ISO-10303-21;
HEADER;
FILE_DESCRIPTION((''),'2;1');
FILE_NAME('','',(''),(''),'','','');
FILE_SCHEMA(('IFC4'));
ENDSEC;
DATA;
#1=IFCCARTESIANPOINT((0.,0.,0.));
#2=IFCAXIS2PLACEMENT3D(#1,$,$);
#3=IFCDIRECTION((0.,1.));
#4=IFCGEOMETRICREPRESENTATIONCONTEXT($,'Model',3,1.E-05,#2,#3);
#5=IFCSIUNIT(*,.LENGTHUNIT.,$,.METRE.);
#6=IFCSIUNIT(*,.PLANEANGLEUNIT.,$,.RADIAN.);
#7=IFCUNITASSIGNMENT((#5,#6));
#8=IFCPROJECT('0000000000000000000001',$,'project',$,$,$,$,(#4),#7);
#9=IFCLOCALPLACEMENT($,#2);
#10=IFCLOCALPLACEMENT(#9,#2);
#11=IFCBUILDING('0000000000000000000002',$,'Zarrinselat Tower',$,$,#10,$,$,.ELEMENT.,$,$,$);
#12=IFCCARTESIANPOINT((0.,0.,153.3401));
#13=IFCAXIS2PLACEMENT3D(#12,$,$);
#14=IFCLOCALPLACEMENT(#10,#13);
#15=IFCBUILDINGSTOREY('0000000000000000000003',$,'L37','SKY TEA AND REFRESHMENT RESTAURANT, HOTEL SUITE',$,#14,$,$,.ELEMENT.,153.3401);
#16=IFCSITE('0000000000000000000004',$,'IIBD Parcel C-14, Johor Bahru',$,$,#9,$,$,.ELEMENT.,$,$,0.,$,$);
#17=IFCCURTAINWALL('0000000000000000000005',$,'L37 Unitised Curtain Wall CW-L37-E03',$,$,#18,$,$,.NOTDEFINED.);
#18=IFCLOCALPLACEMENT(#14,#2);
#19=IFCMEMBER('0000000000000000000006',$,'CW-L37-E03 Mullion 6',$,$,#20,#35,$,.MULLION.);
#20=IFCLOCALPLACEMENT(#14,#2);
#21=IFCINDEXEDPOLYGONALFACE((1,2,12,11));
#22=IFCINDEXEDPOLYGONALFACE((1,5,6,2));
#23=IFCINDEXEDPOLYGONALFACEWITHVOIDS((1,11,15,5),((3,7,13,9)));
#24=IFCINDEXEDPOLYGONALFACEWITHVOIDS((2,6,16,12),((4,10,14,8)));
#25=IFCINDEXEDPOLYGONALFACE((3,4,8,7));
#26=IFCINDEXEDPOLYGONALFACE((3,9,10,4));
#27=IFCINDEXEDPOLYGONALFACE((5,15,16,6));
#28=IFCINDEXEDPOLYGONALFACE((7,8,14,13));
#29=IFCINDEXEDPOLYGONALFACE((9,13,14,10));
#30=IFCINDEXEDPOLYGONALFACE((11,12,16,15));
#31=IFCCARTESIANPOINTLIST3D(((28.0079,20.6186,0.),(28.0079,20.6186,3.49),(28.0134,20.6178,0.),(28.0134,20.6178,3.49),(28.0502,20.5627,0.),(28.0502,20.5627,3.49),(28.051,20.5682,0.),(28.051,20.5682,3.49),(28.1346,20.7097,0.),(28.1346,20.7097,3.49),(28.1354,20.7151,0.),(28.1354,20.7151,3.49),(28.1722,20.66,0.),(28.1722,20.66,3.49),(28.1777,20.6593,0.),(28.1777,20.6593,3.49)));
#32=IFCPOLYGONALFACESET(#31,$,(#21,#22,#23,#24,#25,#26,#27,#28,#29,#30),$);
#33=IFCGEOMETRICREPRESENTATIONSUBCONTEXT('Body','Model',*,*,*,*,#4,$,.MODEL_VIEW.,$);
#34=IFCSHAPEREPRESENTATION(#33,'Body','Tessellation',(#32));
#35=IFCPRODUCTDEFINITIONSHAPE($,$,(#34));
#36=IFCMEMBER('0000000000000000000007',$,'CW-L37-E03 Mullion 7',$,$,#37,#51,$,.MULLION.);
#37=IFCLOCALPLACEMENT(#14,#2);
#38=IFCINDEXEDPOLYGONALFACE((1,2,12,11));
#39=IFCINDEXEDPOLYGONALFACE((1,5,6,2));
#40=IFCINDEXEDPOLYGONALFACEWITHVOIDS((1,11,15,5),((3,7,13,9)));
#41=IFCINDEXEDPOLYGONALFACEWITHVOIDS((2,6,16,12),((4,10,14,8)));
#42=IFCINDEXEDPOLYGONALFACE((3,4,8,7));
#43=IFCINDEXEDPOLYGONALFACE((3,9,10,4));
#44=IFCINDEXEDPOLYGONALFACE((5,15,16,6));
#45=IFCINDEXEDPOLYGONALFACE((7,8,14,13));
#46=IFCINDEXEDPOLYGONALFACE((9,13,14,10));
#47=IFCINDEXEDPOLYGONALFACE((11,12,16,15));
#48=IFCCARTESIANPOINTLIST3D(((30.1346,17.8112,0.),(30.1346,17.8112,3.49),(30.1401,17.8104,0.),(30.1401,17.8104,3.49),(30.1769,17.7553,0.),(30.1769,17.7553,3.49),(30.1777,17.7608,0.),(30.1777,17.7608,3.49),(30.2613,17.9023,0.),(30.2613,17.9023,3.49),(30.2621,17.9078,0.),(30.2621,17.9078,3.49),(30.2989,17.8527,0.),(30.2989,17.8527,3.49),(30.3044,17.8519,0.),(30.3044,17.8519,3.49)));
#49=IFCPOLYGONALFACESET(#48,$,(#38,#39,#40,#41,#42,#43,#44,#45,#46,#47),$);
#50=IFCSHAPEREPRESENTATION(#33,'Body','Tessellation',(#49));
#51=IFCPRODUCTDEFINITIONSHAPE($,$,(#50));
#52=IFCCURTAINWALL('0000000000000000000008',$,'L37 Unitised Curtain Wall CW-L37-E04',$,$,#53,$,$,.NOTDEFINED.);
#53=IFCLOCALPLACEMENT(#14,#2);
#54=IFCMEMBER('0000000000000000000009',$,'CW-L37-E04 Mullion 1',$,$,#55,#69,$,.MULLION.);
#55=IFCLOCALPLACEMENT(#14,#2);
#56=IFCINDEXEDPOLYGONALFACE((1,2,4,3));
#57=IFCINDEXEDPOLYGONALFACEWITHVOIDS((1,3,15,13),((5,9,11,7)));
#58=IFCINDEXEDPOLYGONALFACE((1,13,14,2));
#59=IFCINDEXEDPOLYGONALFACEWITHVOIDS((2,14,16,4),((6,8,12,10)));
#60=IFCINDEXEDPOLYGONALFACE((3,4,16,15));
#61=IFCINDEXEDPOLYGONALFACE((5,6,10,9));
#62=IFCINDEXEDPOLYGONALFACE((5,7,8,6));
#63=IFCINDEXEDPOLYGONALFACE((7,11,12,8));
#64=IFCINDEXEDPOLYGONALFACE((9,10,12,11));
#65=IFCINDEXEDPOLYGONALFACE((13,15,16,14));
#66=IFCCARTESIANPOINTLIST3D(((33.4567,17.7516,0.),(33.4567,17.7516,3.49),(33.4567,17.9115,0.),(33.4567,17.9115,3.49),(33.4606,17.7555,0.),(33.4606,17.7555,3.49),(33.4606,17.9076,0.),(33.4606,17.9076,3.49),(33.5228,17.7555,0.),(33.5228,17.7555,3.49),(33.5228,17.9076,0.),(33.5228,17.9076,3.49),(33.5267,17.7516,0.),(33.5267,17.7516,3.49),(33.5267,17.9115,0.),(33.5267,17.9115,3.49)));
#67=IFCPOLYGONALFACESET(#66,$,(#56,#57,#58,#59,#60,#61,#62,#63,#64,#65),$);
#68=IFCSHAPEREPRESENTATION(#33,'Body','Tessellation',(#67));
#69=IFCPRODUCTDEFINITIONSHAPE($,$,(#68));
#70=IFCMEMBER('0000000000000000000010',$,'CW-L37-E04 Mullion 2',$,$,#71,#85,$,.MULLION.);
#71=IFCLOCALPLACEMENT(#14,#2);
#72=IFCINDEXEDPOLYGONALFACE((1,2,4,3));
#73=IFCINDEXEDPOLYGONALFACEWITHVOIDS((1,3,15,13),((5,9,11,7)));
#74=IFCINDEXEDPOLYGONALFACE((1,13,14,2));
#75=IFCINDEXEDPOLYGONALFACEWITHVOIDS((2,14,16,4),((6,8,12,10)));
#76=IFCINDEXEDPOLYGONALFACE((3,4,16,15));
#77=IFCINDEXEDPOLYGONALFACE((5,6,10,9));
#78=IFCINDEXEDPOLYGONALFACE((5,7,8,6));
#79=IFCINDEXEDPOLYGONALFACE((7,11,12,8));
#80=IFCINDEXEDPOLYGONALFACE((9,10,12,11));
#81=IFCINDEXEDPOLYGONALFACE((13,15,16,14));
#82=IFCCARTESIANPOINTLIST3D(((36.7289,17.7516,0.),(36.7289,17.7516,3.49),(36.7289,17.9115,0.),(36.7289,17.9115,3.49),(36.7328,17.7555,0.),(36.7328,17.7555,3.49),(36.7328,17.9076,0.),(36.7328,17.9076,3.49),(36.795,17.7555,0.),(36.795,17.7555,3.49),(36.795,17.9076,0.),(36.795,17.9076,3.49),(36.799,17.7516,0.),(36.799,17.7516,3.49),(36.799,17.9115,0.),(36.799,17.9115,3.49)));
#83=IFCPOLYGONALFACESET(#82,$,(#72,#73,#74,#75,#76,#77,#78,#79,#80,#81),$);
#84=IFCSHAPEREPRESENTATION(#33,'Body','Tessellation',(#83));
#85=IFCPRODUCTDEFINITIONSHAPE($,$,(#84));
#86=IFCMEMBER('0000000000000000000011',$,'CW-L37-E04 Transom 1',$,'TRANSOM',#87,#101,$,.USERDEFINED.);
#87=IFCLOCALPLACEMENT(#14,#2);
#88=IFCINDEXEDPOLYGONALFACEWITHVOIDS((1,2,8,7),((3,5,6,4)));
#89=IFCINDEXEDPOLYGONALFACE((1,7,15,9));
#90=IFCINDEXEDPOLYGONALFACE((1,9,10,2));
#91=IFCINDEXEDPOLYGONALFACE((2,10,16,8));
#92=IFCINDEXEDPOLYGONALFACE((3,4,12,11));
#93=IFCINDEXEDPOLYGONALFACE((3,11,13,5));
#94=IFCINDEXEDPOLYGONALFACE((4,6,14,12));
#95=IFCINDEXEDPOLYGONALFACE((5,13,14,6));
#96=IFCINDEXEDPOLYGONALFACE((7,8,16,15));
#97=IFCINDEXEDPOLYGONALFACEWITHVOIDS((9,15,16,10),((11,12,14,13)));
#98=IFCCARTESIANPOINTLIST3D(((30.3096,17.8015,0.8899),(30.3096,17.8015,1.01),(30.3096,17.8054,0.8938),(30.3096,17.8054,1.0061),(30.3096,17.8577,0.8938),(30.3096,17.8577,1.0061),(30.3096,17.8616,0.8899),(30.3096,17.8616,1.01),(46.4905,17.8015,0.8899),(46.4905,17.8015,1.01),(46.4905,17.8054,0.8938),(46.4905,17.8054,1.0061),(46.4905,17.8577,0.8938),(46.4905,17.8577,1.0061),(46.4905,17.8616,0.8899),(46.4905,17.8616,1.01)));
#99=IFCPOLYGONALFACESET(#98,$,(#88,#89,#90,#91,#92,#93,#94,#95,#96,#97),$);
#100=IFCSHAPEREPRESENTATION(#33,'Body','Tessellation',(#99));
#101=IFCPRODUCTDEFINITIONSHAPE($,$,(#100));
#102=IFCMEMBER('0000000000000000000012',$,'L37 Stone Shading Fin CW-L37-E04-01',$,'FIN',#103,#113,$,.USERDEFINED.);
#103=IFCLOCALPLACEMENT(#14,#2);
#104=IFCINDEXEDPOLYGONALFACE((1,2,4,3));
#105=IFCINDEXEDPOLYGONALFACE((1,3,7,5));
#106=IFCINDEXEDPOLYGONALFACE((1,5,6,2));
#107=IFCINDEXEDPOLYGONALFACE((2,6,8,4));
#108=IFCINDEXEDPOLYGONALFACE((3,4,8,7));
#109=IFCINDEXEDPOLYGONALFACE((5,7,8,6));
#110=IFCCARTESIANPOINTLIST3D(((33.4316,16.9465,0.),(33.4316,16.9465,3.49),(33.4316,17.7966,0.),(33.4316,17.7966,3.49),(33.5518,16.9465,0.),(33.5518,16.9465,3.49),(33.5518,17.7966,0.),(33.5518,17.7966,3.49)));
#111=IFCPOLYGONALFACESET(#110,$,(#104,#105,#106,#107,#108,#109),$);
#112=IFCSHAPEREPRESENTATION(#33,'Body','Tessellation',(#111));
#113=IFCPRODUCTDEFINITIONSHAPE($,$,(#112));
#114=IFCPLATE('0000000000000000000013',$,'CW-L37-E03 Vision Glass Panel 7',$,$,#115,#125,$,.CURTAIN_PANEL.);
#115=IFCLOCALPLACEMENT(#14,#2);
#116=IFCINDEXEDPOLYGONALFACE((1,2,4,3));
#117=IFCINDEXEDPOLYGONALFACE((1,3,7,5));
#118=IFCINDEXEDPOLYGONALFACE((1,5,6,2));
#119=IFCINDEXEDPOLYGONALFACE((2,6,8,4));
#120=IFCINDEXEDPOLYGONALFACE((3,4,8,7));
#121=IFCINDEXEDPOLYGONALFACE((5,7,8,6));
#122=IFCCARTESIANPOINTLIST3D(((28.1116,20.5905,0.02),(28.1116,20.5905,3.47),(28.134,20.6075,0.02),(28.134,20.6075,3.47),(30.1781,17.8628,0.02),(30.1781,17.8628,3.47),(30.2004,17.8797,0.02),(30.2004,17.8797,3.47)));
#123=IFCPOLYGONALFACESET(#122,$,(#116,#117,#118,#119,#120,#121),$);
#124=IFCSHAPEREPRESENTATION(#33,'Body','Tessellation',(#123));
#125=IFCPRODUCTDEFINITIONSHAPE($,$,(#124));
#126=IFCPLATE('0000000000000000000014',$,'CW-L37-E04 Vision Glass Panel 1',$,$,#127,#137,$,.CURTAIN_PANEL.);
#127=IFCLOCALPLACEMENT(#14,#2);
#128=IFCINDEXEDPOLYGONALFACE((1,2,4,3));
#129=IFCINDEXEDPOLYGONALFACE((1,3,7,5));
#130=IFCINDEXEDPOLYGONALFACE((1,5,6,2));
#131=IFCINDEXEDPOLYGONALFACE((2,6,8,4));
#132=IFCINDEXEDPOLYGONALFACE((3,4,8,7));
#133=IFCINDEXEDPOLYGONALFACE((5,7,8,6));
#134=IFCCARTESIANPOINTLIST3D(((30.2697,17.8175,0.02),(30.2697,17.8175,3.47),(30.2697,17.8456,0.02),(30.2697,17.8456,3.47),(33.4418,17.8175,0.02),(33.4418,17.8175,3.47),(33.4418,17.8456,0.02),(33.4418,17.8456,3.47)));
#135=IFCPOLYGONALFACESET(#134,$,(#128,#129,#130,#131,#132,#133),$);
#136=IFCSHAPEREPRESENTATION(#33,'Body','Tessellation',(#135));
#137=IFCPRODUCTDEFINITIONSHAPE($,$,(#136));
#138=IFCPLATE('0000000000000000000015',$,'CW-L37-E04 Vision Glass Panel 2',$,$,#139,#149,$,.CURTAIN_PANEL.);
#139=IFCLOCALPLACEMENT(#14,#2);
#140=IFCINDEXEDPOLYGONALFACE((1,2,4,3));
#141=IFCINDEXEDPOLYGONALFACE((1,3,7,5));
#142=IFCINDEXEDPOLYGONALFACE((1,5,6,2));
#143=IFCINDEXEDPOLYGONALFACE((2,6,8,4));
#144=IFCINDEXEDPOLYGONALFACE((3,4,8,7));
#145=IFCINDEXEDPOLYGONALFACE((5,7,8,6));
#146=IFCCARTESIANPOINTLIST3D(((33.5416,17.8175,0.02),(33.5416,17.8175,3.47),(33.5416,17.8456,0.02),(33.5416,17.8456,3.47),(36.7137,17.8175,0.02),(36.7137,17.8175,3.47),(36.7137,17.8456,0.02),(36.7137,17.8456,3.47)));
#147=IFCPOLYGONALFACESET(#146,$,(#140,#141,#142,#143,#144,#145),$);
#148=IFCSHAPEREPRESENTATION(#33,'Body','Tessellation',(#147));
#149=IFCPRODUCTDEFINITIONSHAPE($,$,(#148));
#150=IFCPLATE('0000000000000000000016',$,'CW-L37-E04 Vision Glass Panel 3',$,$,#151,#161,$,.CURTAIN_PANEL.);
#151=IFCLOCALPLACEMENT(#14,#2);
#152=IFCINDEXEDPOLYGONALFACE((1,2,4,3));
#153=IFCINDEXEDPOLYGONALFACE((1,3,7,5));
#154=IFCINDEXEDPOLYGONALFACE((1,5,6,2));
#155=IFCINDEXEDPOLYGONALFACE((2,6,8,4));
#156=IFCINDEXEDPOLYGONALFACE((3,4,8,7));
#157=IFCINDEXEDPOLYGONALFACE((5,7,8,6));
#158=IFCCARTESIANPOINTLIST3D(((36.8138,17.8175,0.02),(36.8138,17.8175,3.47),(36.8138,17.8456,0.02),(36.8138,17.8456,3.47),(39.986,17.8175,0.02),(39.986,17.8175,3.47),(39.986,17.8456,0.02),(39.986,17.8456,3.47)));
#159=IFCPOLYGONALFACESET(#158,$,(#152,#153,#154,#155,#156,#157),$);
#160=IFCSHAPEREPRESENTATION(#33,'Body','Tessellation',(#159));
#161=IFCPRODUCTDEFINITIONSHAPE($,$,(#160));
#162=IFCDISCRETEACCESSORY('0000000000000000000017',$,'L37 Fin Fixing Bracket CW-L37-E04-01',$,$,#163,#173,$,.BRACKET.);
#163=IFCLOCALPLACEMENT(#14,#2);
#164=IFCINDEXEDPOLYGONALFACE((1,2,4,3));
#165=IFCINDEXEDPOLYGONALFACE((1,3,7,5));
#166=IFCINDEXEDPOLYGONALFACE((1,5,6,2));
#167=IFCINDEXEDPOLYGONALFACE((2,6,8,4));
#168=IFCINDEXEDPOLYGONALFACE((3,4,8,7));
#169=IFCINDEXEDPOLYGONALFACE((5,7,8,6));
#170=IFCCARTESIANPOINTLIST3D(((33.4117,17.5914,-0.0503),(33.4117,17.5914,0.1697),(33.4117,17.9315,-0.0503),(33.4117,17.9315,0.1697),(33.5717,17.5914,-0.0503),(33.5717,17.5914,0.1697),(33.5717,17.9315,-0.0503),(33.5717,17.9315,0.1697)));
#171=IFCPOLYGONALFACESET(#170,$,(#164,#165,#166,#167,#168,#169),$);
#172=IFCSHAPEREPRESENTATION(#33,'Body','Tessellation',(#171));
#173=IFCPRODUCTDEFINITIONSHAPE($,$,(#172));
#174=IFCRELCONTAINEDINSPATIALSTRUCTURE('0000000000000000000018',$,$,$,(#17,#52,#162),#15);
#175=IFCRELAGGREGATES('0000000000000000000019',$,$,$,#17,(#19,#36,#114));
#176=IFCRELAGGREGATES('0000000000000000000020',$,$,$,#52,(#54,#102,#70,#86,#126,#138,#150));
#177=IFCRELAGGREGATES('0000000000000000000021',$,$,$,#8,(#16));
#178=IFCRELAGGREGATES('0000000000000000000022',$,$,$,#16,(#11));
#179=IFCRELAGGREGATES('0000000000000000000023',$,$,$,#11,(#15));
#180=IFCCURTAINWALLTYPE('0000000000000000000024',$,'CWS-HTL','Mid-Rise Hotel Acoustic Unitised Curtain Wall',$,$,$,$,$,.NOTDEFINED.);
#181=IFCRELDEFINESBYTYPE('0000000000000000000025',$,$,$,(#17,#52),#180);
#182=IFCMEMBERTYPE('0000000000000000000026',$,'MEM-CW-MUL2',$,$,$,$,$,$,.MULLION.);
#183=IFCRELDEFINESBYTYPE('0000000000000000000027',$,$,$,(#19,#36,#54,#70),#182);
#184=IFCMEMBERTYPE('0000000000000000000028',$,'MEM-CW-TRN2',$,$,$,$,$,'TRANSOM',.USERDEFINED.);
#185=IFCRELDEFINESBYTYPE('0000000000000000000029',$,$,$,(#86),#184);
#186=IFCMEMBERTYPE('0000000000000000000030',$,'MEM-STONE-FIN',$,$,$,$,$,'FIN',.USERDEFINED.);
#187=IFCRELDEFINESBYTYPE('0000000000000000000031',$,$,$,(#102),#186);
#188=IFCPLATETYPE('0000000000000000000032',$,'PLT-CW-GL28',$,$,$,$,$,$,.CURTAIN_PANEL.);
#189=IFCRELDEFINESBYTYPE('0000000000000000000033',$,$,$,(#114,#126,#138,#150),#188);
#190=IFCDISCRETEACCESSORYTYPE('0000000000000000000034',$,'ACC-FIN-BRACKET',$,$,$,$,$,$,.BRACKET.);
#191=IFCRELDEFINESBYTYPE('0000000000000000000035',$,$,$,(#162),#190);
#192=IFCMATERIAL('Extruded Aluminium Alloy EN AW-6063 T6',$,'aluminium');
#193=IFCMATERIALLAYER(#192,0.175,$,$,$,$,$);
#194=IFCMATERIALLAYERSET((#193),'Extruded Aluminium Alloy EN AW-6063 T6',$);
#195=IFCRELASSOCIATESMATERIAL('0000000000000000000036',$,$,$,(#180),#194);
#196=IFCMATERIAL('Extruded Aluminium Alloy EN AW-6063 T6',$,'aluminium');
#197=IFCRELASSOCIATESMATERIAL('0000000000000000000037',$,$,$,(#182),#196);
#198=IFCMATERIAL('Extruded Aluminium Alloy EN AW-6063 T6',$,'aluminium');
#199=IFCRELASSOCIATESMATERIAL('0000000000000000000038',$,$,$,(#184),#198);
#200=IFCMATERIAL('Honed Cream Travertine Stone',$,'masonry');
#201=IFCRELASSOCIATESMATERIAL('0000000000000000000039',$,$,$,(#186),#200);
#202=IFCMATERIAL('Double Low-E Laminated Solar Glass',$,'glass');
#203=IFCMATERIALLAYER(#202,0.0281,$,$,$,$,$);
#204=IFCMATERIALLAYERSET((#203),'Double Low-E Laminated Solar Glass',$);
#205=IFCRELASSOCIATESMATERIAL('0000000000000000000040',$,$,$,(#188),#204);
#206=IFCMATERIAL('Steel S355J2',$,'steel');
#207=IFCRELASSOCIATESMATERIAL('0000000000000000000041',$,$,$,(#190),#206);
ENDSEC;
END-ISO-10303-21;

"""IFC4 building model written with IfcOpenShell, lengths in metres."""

from ifc_helpers import new_model, si_unit, direction, frame, origin, origin_2d, place, context, subcontext, project, spatial, rectangle, hollow_rectangle, extrude, material, layer, layer_set, material_profile, profile_set, type_object, element, aggregate, save


model = new_model("IFC4")

# Units and contexts
model_context = context("Model", 3, precision=1e-05, world=origin(), true_north=direction((0.0, 1.0)))
body_context = subcontext(model_context, "Body", "Model", "MODEL_VIEW")
ifc_project = project(units=[si_unit("LENGTHUNIT", "METRE"), si_unit("PLANEANGLEUNIT", "RADIAN")], contexts=[model_context])

# Site, building, storey
site_placement = place(None, origin())
site = spatial("IfcSite", under=ifc_project, at=site_placement, Name="IIBD Parcel C-14, Johor Bahru", CompositionType="ELEMENT", RefElevation=0.0)
building_placement = place(site_placement, origin())
building = spatial("IfcBuilding", under=site, at=building_placement, Name="Zarrinselat Tower", CompositionType="ELEMENT")
storey_placement = place(building_placement, frame((0.0, 0.0, 153.3401)))
storey = spatial("IfcBuildingStorey", under=building, at=storey_placement, Name="L37", Description="SKY TEA AND REFRESHMENT RESTAURANT, HOTEL SUITE", CompositionType="ELEMENT", Elevation=153.3401)

# Curtain walls, members
ifc_material_1 = material(Name="Extruded Aluminium Alloy EN AW-6063 T6", Category="aluminium")
ifc_layer_1 = layer(ifc_material_1, 0.175)
ifc_layer_set_1 = layer_set([ifc_layer_1], Name="Extruded Aluminium Alloy EN AW-6063 T6")
curtain_wall_type = type_object("IfcCurtainWallType", Name="CWS-HTL", Description="Mid-Rise Hotel Acoustic Unitised Curtain Wall", PredefinedType="NOTDEFINED", material=ifc_layer_set_1)
curtain_wall_1_placement = place(storey_placement, origin())
curtain_wall_1 = element("IfcCurtainWall", 1, at=curtain_wall_1_placement, inside=storey, type_object=curtain_wall_type, Name="L37 Unitised Curtain Wall CW-L37-E03", PredefinedType="NOTDEFINED")
ifc_material_2 = material(Name="Extruded Aluminium Alloy EN AW-6063 T6", Category="aluminium")
ifc_material_profile_1 = material_profile(ifc_material_2, hollow_rectangle(XDim=0.0701, YDim=0.1599, WallThickness=0.0039, at=origin_2d()), Name="RHS 160x70x4")
ifc_profile_set_1 = profile_set([ifc_material_profile_1], Name="Extruded Aluminium Alloy EN AW-6063 T6")
member_type_1 = type_object("IfcMemberType", Name="MEM-CW-MUL2", PredefinedType="MULLION", material=ifc_profile_set_1)
member_1_placement = place(storey_placement, frame((28.0928, 20.6389, 0.0), z_axis=(0.0, 0.0, 1.0), x_axis=(0.603857, -0.797093, 0.0)))
member_1 = element("IfcMember", 2, at=member_1_placement, type_object=member_type_1, Name="CW-L37-E03 Mullion 6", PredefinedType="MULLION", context=body_context, shape_type="SweptSolid", body=[
    extrude(hollow_rectangle(XDim=0.0701, YDim=0.1599, WallThickness=0.0039, at=origin_2d()), origin(), (0.0, 0.0, 1.0), 3.49),
])
member_2_placement = place(storey_placement, frame((30.2195, 17.8315, 0.0), z_axis=(0.0, 0.0, 1.0), x_axis=(0.603857, -0.797093, 0.0)))
member_2 = element("IfcMember", 3, at=member_2_placement, type_object=member_type_1, Name="CW-L37-E03 Mullion 7", PredefinedType="MULLION", context=body_context, shape_type="SweptSolid", body=[
    extrude(hollow_rectangle(XDim=0.0701, YDim=0.1599, WallThickness=0.0039, at=origin_2d()), origin(), (0.0, 0.0, 1.0), 3.49),
])
curtain_wall_2_placement = place(storey_placement, origin())
curtain_wall_2 = element("IfcCurtainWall", 4, at=curtain_wall_2_placement, inside=storey, type_object=curtain_wall_type, Name="L37 Unitised Curtain Wall CW-L37-E04", PredefinedType="NOTDEFINED")
member_3_placement = place(storey_placement, frame((33.4917, 17.8315, 0.0), z_axis=(0.0, 0.0, 1.0), x_axis=(1.0, 0.0, 0.0)))
member_3 = element("IfcMember", 5, at=member_3_placement, type_object=member_type_1, Name="CW-L37-E04 Mullion 1", PredefinedType="MULLION", context=body_context, shape_type="SweptSolid", body=[
    extrude(hollow_rectangle(XDim=0.0701, YDim=0.1599, WallThickness=0.0039, at=origin_2d()), origin(), (0.0, 0.0, 1.0), 3.49),
])
member_4_placement = place(storey_placement, frame((36.7639, 17.8315, 0.0), z_axis=(0.0, 0.0, 1.0), x_axis=(1.0, 0.0, 0.0)))
member_4 = element("IfcMember", 6, at=member_4_placement, type_object=member_type_1, Name="CW-L37-E04 Mullion 2", PredefinedType="MULLION", context=body_context, shape_type="SweptSolid", body=[
    extrude(hollow_rectangle(XDim=0.0701, YDim=0.1599, WallThickness=0.0039, at=origin_2d()), origin(), (0.0, 0.0, 1.0), 3.49),
])
ifc_material_3 = material(Name="Extruded Aluminium Alloy EN AW-6063 T6", Category="aluminium")
ifc_material_profile_2 = material_profile(ifc_material_3, hollow_rectangle(XDim=0.0601, YDim=0.1201, WallThickness=0.0039, at=origin_2d()), Name="RHS 120x60x4")
ifc_profile_set_2 = profile_set([ifc_material_profile_2], Name="Extruded Aluminium Alloy EN AW-6063 T6")
member_type_2 = type_object("IfcMemberType", Name="MEM-CW-TRN2", ElementType="TRANSOM", PredefinedType="USERDEFINED", material=ifc_profile_set_2)
member_5_placement = place(storey_placement, frame((30.3096, 17.8315, 0.95), z_axis=(1.0, 0.0, 0.0), x_axis=(0.0, 1.0, 0.0)))
member_5 = element("IfcMember", 7, at=member_5_placement, type_object=member_type_2, Name="CW-L37-E04 Transom 1", ObjectType="TRANSOM", PredefinedType="USERDEFINED", context=body_context, shape_type="SweptSolid", body=[
    extrude(hollow_rectangle(XDim=0.0601, YDim=0.1201, WallThickness=0.0039, at=origin_2d()), origin(), (0.0, 0.0, 1.0), 16.1809),
])
ifc_material_4 = material(Name="Honed Cream Travertine Stone", Category="masonry")
ifc_material_profile_3 = material_profile(ifc_material_4, rectangle(XDim=0.1201, YDim=0.8501, at=origin_2d()), Name="FIN 850x120")
ifc_profile_set_3 = profile_set([ifc_material_profile_3], Name="Honed Cream Travertine Stone")
member_type_3 = type_object("IfcMemberType", Name="MEM-STONE-FIN", ElementType="FIN", PredefinedType="USERDEFINED", material=ifc_profile_set_3)
member_6_placement = place(storey_placement, frame((33.4917, 17.3716, 0.0), z_axis=(0.0, 0.0, 1.0), x_axis=(-1.0, 0.0, 0.0)))
member_6 = element("IfcMember", 8, at=member_6_placement, type_object=member_type_3, Name="L37 Stone Shading Fin CW-L37-E04-01", ObjectType="FIN", PredefinedType="USERDEFINED", context=body_context, shape_type="SweptSolid", body=[
    extrude(rectangle(XDim=0.1201, YDim=0.8501, at=origin_2d()), origin(), (0.0, 0.0, 1.0), 3.49),
])

# Plates
ifc_material_5 = material(Name="Double Low-E Laminated Solar Glass", Category="glass")
ifc_layer_2 = layer(ifc_material_5, 0.0281)
ifc_layer_set_2 = layer_set([ifc_layer_2], Name="Double Low-E Laminated Solar Glass")
plate_type = type_object("IfcPlateType", Name="PLT-CW-GL28", PredefinedType="CURTAIN_PANEL", material=ifc_layer_set_2)
plate_1_placement = place(storey_placement, frame((29.156, 19.2351, 0.02), z_axis=(0.0, 0.0, 1.0), x_axis=(0.603857, -0.797093, 0.0)))
plate_1 = element("IfcPlate", 9, at=plate_1_placement, type_object=plate_type, Name="CW-L37-E03 Vision Glass Panel 7", PredefinedType="CURTAIN_PANEL", context=body_context, shape_type="SweptSolid", body=[
    extrude(rectangle(XDim=3.4221, YDim=0.0281, at=origin_2d()), origin(), (0.0, 0.0, 1.0), 3.45),
])
aggregate(curtain_wall_1, [member_1, member_2, plate_1])
plate_2_placement = place(storey_placement, frame((31.8557, 17.8315, 0.02), z_axis=(0.0, 0.0, 1.0), x_axis=(1.0, 0.0, 0.0)))
plate_2 = element("IfcPlate", 10, at=plate_2_placement, type_object=plate_type, Name="CW-L37-E04 Vision Glass Panel 1", PredefinedType="CURTAIN_PANEL", context=body_context, shape_type="SweptSolid", body=[
    extrude(rectangle(XDim=3.1721, YDim=0.0281, at=origin_2d()), origin(), (0.0, 0.0, 1.0), 3.45),
])
plate_3_placement = place(storey_placement, frame((35.1277, 17.8315, 0.02), z_axis=(0.0, 0.0, 1.0), x_axis=(1.0, 0.0, 0.0)))
plate_3 = element("IfcPlate", 11, at=plate_3_placement, type_object=plate_type, Name="CW-L37-E04 Vision Glass Panel 2", PredefinedType="CURTAIN_PANEL", context=body_context, shape_type="SweptSolid", body=[
    extrude(rectangle(XDim=3.1721, YDim=0.0281, at=origin_2d()), origin(), (0.0, 0.0, 1.0), 3.45),
])
plate_4_placement = place(storey_placement, frame((38.3999, 17.8315, 0.02), z_axis=(0.0, 0.0, 1.0), x_axis=(1.0, 0.0, 0.0)))
plate_4 = element("IfcPlate", 12, at=plate_4_placement, type_object=plate_type, Name="CW-L37-E04 Vision Glass Panel 3", PredefinedType="CURTAIN_PANEL", context=body_context, shape_type="SweptSolid", body=[
    extrude(rectangle(XDim=3.1721, YDim=0.0281, at=origin_2d()), origin(), (0.0, 0.0, 1.0), 3.45),
])
aggregate(curtain_wall_2, [member_3, member_6, member_4, member_5, plate_2, plate_3, plate_4])

# Discrete accessory
ifc_material_6 = material(Name="Steel S355J2", Category="steel")
discrete_accessory_type = type_object("IfcDiscreteAccessoryType", Name="ACC-FIN-BRACKET", PredefinedType="BRACKET", material=ifc_material_6)
discrete_accessory_placement = place(storey_placement, frame((33.4917, 17.7615, -0.0503), z_axis=(0.0, 0.0, 1.0), x_axis=(0.0, -1.0, 0.0)))
element("IfcDiscreteAccessory", 13, at=discrete_accessory_placement, inside=storey, type_object=discrete_accessory_type, Name="L37 Fin Fixing Bracket CW-L37-E04-01", PredefinedType="BRACKET", context=body_context, shape_type="SweptSolid", body=[
    extrude(rectangle(XDim=0.3401, YDim=0.1599, at=origin_2d()), origin(), (0.0, 0.0, 1.0), 0.22),
])

save(model, "model.ifc")
